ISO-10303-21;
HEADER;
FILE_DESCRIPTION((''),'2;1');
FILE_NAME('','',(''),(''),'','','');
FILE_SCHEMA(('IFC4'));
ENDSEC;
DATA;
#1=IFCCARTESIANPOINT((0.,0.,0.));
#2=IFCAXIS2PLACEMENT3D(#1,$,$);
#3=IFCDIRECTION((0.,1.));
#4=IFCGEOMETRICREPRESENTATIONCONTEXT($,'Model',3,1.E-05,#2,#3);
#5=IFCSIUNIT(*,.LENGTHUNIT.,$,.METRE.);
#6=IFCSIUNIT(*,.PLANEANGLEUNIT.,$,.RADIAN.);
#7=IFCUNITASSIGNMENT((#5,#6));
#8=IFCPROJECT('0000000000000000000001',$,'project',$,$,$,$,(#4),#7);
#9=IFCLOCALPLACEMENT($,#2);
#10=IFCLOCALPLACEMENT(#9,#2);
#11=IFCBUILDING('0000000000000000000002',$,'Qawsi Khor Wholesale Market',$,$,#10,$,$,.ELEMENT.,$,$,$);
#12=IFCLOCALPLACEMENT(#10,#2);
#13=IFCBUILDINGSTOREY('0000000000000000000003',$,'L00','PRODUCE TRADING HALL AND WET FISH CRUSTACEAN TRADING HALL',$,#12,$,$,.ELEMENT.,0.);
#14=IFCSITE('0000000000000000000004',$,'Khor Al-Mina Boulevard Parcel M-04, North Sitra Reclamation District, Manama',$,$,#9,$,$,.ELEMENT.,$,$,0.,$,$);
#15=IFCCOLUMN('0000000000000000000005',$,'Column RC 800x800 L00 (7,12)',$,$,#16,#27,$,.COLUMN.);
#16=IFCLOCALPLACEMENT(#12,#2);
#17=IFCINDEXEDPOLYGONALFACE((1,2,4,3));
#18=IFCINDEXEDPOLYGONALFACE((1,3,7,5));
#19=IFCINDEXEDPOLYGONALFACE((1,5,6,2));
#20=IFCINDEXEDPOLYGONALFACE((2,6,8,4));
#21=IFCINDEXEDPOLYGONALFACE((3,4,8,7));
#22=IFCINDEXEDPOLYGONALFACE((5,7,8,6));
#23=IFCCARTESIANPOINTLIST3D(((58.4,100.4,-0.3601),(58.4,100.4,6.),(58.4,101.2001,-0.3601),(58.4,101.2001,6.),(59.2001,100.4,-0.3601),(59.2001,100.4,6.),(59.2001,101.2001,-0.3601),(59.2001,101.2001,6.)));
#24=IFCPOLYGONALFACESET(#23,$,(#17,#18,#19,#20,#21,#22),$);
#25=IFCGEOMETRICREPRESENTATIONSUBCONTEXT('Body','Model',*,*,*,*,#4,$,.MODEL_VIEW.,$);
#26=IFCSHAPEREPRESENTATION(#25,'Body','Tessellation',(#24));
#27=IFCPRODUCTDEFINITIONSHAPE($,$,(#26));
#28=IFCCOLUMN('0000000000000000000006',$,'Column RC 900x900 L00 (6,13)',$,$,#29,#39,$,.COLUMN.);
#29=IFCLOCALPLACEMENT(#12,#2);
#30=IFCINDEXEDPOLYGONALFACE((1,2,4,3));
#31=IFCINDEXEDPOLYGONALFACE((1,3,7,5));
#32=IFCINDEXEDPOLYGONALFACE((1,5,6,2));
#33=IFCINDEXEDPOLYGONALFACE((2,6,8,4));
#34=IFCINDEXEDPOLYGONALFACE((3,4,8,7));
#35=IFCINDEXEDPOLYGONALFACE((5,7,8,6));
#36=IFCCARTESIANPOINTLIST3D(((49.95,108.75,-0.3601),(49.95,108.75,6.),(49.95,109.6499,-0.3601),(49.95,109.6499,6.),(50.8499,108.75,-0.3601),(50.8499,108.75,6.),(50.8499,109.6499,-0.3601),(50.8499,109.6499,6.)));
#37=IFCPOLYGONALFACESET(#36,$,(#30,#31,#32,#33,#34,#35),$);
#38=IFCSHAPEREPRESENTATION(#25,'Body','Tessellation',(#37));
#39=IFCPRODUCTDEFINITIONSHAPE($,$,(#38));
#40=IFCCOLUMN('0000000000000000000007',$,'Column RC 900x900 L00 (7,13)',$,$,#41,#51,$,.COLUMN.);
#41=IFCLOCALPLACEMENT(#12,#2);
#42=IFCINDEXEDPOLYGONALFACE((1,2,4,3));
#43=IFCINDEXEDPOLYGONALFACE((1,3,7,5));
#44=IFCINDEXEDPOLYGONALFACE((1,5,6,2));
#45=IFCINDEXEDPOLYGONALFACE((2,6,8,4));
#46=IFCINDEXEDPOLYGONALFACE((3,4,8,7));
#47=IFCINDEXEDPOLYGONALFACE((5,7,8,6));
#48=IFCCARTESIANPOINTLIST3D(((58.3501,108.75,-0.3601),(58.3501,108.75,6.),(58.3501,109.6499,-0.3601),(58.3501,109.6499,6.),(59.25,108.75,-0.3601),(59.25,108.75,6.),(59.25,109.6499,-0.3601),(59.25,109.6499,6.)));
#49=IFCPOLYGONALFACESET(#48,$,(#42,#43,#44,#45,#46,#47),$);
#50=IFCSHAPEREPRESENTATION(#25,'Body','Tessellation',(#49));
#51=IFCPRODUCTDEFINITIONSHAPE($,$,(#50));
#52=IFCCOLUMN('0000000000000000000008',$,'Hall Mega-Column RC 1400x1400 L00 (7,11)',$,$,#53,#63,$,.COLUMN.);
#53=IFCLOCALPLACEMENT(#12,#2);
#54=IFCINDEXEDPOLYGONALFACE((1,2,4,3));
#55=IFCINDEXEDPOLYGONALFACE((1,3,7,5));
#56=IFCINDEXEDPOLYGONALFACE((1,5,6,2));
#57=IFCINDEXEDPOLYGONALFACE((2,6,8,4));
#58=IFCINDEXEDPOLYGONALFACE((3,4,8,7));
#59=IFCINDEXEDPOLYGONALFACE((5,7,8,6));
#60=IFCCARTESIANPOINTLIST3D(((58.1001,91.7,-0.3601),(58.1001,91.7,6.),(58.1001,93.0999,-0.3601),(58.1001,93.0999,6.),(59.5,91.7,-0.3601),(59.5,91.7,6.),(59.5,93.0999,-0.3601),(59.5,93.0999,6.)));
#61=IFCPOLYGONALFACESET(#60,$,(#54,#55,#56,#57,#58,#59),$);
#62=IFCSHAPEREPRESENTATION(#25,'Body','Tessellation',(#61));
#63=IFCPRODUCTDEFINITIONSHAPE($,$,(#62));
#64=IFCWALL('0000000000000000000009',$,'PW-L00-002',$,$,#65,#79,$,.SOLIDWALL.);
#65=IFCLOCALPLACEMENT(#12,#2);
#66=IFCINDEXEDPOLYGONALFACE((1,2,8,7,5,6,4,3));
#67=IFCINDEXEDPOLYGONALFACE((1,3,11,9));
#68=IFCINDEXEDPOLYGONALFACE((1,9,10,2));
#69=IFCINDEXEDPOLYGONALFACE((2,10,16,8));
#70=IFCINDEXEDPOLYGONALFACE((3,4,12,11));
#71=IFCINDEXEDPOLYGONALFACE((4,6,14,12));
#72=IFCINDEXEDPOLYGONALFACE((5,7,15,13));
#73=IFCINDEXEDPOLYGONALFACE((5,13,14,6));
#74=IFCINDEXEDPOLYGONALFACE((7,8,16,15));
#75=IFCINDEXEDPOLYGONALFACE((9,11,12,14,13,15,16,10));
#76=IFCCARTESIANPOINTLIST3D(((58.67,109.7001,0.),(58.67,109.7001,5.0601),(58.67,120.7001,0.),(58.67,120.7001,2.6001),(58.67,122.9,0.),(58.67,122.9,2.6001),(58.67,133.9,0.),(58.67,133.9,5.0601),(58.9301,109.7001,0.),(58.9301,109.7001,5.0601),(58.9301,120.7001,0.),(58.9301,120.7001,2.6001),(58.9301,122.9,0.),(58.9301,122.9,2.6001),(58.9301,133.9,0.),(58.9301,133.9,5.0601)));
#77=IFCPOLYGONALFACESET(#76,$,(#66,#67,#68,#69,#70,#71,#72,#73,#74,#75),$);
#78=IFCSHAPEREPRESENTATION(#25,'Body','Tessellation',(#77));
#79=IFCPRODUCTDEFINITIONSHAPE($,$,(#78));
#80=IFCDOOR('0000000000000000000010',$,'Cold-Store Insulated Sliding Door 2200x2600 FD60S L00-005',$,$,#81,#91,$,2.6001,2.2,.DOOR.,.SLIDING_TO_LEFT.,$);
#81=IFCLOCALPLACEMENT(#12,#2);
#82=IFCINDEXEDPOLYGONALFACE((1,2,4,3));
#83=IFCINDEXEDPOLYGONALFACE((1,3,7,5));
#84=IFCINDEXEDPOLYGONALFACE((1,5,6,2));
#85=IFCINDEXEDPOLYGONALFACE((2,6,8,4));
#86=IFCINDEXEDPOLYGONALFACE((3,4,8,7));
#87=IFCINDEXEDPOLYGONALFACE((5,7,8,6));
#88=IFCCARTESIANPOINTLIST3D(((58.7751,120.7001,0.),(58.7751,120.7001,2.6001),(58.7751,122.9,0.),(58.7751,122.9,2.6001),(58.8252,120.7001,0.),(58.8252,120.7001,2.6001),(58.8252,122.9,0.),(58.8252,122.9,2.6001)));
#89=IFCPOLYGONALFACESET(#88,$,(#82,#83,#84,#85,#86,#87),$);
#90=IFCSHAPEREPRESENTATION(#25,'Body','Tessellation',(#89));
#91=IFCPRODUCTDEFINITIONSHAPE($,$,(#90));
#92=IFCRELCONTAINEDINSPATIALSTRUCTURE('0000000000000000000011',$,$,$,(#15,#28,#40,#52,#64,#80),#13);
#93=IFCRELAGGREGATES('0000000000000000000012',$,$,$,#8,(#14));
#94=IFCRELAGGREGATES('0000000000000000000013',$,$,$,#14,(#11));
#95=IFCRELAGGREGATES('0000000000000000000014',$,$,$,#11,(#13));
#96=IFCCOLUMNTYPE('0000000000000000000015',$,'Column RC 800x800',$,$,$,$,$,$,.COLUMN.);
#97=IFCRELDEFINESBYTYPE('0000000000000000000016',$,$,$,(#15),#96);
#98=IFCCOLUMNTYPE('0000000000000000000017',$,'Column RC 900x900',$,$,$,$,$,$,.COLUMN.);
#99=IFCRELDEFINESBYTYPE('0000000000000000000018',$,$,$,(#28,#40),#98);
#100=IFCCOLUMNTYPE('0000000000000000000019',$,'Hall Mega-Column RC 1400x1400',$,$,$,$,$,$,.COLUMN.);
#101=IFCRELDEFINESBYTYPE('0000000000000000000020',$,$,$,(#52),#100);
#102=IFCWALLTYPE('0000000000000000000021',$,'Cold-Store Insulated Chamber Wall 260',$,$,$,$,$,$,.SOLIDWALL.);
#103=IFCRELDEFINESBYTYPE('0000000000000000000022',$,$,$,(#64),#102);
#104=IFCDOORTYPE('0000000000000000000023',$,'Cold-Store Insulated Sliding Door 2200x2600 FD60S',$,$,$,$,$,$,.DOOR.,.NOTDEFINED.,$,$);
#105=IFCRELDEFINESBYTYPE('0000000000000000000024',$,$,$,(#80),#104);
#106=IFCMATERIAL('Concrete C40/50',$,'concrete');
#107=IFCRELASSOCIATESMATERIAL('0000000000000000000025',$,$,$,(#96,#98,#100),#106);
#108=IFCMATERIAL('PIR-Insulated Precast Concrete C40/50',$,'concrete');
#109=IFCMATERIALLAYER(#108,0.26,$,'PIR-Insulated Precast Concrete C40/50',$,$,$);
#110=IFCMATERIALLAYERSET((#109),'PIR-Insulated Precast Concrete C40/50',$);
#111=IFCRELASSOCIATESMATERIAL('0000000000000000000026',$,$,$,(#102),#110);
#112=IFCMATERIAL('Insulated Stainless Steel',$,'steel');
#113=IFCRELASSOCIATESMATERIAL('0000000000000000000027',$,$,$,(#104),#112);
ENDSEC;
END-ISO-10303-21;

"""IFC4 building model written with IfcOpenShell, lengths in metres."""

from ifc_helpers import new_model, si_unit, direction, frame, frame_2d, origin, origin_2d, place, context, subcontext, project, spatial, rectangle, extrude, material, layer, layer_set, material_profile, profile_set, type_object, element, fill, save


model = new_model("IFC4")

# Units and contexts
model_context = context("Model", 3, precision=1e-05, world=origin(), true_north=direction((0.0, 1.0)))
body_context = subcontext(model_context, "Body", "Model", "MODEL_VIEW")
ifc_project = project(units=[si_unit("LENGTHUNIT", "METRE"), si_unit("PLANEANGLEUNIT", "RADIAN")], contexts=[model_context])

# Site, building, storey
site_placement = place(None, origin())
site = spatial("IfcSite", under=ifc_project, at=site_placement, Name="Khor Al-Mina Boulevard Parcel M-04, North Sitra Reclamation District, Manama", CompositionType="ELEMENT", RefElevation=0.0)
building_placement = place(site_placement, origin())
building = spatial("IfcBuilding", under=site, at=building_placement, Name="Qawsi Khor Wholesale Market", CompositionType="ELEMENT")
storey_placement = place(building_placement, origin())
storey = spatial("IfcBuildingStorey", under=building, at=storey_placement, Name="L00", Description="PRODUCE TRADING HALL AND WET FISH CRUSTACEAN TRADING HALL", CompositionType="ELEMENT", Elevation=0.0)

# Columns
ifc_material_1 = material(Name="Concrete C40/50", Category="concrete")
ifc_material_profile_1 = material_profile(ifc_material_1, rectangle(XDim=0.8, YDim=0.8, at=origin_2d()), Name="RC 800x800")
ifc_profile_set_1 = profile_set([ifc_material_profile_1], Name="Concrete C40/50")
column_type_1 = type_object("IfcColumnType", Name="Column RC 800x800", PredefinedType="COLUMN", material=ifc_profile_set_1)
column_1_placement = place(storey_placement, frame((58.8, 100.8, -0.3601), z_axis=(0.0, 0.0, 1.0), x_axis=(1.0, 0.0, 0.0)))
element("IfcColumn", 1, at=column_1_placement, inside=storey, type_object=column_type_1, Name="Column RC 800x800 L00 (7,12)", PredefinedType="COLUMN", context=body_context, shape_type="SweptSolid", body=[
    extrude(rectangle(XDim=0.8, YDim=0.8, at=origin_2d()), origin(), (0.0, 0.0, 1.0), 6.3601),
])
ifc_material_profile_2 = material_profile(ifc_material_1, rectangle(XDim=0.8999, YDim=0.8999, at=origin_2d()), Name="RC 900x900")
ifc_profile_set_2 = profile_set([ifc_material_profile_2], Name="Concrete C40/50")
column_type_2 = type_object("IfcColumnType", Name="Column RC 900x900", PredefinedType="COLUMN", material=ifc_profile_set_2)
for number, where, z_axis, x_axis, name in (
    (2, (50.3999, 109.2, -0.3601), (0.0, 0.0, 1.0), (1.0, 0.0, 0.0), "Column RC 900x900 L00 (6,13)"),
    (3, (58.8, 109.2, -0.3601), (0.0, 0.0, 1.0), (1.0, 0.0, 0.0), "Column RC 900x900 L00 (7,13)"),
):
    element("IfcColumn", number, at=place(storey_placement, frame(where, z_axis=z_axis, x_axis=x_axis)), inside=storey, type_object=column_type_2, Name=name, PredefinedType="COLUMN", context=body_context, shape_type="SweptSolid", body=[
        extrude(rectangle(XDim=0.8999, YDim=0.8999, at=origin_2d()), origin(), (0.0, 0.0, 1.0), 6.3601),
    ])
ifc_material_profile_3 = material_profile(ifc_material_1, rectangle(XDim=1.3999, YDim=1.3999, at=origin_2d()), Name="RC 1400x1400")
ifc_profile_set_3 = profile_set([ifc_material_profile_3], Name="Concrete C40/50")
column_type_3 = type_object("IfcColumnType", Name="Hall Mega-Column RC 1400x1400", PredefinedType="COLUMN", material=ifc_profile_set_3)
column_2_placement = place(storey_placement, frame((58.8, 92.3999, -0.3601), z_axis=(0.0, 0.0, 1.0), x_axis=(1.0, 0.0, 0.0)))
element("IfcColumn", 4, at=column_2_placement, inside=storey, type_object=column_type_3, Name="Hall Mega-Column RC 1400x1400 L00 (7,11)", PredefinedType="COLUMN", context=body_context, shape_type="SweptSolid", body=[
    extrude(rectangle(XDim=1.3999, YDim=1.3999, at=origin_2d()), origin(), (0.0, 0.0, 1.0), 6.3601),
])

# Wall, opening, door
ifc_material_2 = material(Name="PIR-Insulated Precast Concrete C40/50", Category="concrete")
ifc_layer_1 = layer(ifc_material_2, 0.26, Name="PIR-Insulated Precast Concrete C40/50")
ifc_layer_set_1 = layer_set([ifc_layer_1], Name="PIR-Insulated Precast Concrete C40/50")
wall_type = type_object("IfcWallType", Name="Cold-Store Insulated Chamber Wall 260", PredefinedType="SOLIDWALL", material=ifc_layer_set_1)
wall_placement = place(storey_placement, frame((58.8, 109.7, 0.0), z_axis=(0.0, 0.0, 1.0), x_axis=(0.0, 1.0, 0.0)))
wall = element("IfcWall", 5, at=wall_placement, inside=storey, type_object=wall_type, Name="PW-L00-002", PredefinedType="SOLIDWALL", context=body_context, shape_type="SweptSolid", body=[
    extrude(rectangle(XDim=24.2, YDim=0.26, at=frame_2d((12.1001, 0.0))), origin(), (0.0, 0.0, 1.0), 5.0601),
])
opening_placement = place(wall_placement, frame((11.0, 0.0, 0.0)))
opening = element("IfcOpeningElement", 6, at=opening_placement, cuts=wall, PredefinedType="OPENING", context=body_context, shape_type="SweptSolid", body=[
    extrude(rectangle(XDim=2.2, YDim=2.6001, at=frame_2d((1.1001, 1.3))), frame((0.0, 0.1399, 0.0), z_axis=(0.0, -1.0, 0.0), x_axis=(1.0, 0.0, 0.0)), (0.0, 0.0, 1.0), 0.28),
])
ifc_material_3 = material(Name="Insulated Stainless Steel", Category="steel")
door_type = type_object("IfcDoorType", Name="Cold-Store Insulated Sliding Door 2200x2600 FD60S", OperationType="NOTDEFINED", PredefinedType="DOOR", material=ifc_material_3)
door_placement = place(opening_placement, origin())
door = element("IfcDoor", 7, at=door_placement, inside=storey, type_object=door_type, Name="Cold-Store Insulated Sliding Door 2200x2600 FD60S L00-005", OperationType="SLIDING_TO_LEFT", OverallHeight=2.6001, OverallWidth=2.2, PredefinedType="DOOR", context=body_context, shape_type="SweptSolid", body=[
    extrude(rectangle(XDim=2.2, YDim=2.6001, at=frame_2d((1.1001, 1.3))), frame((0.0, 0.0249, 0.0), z_axis=(0.0, -1.0, 0.0), x_axis=(1.0, 0.0, 0.0)), (0.0, 0.0, 1.0), 0.05),
])
fill(opening, door)

save(model, "model.ifc")
